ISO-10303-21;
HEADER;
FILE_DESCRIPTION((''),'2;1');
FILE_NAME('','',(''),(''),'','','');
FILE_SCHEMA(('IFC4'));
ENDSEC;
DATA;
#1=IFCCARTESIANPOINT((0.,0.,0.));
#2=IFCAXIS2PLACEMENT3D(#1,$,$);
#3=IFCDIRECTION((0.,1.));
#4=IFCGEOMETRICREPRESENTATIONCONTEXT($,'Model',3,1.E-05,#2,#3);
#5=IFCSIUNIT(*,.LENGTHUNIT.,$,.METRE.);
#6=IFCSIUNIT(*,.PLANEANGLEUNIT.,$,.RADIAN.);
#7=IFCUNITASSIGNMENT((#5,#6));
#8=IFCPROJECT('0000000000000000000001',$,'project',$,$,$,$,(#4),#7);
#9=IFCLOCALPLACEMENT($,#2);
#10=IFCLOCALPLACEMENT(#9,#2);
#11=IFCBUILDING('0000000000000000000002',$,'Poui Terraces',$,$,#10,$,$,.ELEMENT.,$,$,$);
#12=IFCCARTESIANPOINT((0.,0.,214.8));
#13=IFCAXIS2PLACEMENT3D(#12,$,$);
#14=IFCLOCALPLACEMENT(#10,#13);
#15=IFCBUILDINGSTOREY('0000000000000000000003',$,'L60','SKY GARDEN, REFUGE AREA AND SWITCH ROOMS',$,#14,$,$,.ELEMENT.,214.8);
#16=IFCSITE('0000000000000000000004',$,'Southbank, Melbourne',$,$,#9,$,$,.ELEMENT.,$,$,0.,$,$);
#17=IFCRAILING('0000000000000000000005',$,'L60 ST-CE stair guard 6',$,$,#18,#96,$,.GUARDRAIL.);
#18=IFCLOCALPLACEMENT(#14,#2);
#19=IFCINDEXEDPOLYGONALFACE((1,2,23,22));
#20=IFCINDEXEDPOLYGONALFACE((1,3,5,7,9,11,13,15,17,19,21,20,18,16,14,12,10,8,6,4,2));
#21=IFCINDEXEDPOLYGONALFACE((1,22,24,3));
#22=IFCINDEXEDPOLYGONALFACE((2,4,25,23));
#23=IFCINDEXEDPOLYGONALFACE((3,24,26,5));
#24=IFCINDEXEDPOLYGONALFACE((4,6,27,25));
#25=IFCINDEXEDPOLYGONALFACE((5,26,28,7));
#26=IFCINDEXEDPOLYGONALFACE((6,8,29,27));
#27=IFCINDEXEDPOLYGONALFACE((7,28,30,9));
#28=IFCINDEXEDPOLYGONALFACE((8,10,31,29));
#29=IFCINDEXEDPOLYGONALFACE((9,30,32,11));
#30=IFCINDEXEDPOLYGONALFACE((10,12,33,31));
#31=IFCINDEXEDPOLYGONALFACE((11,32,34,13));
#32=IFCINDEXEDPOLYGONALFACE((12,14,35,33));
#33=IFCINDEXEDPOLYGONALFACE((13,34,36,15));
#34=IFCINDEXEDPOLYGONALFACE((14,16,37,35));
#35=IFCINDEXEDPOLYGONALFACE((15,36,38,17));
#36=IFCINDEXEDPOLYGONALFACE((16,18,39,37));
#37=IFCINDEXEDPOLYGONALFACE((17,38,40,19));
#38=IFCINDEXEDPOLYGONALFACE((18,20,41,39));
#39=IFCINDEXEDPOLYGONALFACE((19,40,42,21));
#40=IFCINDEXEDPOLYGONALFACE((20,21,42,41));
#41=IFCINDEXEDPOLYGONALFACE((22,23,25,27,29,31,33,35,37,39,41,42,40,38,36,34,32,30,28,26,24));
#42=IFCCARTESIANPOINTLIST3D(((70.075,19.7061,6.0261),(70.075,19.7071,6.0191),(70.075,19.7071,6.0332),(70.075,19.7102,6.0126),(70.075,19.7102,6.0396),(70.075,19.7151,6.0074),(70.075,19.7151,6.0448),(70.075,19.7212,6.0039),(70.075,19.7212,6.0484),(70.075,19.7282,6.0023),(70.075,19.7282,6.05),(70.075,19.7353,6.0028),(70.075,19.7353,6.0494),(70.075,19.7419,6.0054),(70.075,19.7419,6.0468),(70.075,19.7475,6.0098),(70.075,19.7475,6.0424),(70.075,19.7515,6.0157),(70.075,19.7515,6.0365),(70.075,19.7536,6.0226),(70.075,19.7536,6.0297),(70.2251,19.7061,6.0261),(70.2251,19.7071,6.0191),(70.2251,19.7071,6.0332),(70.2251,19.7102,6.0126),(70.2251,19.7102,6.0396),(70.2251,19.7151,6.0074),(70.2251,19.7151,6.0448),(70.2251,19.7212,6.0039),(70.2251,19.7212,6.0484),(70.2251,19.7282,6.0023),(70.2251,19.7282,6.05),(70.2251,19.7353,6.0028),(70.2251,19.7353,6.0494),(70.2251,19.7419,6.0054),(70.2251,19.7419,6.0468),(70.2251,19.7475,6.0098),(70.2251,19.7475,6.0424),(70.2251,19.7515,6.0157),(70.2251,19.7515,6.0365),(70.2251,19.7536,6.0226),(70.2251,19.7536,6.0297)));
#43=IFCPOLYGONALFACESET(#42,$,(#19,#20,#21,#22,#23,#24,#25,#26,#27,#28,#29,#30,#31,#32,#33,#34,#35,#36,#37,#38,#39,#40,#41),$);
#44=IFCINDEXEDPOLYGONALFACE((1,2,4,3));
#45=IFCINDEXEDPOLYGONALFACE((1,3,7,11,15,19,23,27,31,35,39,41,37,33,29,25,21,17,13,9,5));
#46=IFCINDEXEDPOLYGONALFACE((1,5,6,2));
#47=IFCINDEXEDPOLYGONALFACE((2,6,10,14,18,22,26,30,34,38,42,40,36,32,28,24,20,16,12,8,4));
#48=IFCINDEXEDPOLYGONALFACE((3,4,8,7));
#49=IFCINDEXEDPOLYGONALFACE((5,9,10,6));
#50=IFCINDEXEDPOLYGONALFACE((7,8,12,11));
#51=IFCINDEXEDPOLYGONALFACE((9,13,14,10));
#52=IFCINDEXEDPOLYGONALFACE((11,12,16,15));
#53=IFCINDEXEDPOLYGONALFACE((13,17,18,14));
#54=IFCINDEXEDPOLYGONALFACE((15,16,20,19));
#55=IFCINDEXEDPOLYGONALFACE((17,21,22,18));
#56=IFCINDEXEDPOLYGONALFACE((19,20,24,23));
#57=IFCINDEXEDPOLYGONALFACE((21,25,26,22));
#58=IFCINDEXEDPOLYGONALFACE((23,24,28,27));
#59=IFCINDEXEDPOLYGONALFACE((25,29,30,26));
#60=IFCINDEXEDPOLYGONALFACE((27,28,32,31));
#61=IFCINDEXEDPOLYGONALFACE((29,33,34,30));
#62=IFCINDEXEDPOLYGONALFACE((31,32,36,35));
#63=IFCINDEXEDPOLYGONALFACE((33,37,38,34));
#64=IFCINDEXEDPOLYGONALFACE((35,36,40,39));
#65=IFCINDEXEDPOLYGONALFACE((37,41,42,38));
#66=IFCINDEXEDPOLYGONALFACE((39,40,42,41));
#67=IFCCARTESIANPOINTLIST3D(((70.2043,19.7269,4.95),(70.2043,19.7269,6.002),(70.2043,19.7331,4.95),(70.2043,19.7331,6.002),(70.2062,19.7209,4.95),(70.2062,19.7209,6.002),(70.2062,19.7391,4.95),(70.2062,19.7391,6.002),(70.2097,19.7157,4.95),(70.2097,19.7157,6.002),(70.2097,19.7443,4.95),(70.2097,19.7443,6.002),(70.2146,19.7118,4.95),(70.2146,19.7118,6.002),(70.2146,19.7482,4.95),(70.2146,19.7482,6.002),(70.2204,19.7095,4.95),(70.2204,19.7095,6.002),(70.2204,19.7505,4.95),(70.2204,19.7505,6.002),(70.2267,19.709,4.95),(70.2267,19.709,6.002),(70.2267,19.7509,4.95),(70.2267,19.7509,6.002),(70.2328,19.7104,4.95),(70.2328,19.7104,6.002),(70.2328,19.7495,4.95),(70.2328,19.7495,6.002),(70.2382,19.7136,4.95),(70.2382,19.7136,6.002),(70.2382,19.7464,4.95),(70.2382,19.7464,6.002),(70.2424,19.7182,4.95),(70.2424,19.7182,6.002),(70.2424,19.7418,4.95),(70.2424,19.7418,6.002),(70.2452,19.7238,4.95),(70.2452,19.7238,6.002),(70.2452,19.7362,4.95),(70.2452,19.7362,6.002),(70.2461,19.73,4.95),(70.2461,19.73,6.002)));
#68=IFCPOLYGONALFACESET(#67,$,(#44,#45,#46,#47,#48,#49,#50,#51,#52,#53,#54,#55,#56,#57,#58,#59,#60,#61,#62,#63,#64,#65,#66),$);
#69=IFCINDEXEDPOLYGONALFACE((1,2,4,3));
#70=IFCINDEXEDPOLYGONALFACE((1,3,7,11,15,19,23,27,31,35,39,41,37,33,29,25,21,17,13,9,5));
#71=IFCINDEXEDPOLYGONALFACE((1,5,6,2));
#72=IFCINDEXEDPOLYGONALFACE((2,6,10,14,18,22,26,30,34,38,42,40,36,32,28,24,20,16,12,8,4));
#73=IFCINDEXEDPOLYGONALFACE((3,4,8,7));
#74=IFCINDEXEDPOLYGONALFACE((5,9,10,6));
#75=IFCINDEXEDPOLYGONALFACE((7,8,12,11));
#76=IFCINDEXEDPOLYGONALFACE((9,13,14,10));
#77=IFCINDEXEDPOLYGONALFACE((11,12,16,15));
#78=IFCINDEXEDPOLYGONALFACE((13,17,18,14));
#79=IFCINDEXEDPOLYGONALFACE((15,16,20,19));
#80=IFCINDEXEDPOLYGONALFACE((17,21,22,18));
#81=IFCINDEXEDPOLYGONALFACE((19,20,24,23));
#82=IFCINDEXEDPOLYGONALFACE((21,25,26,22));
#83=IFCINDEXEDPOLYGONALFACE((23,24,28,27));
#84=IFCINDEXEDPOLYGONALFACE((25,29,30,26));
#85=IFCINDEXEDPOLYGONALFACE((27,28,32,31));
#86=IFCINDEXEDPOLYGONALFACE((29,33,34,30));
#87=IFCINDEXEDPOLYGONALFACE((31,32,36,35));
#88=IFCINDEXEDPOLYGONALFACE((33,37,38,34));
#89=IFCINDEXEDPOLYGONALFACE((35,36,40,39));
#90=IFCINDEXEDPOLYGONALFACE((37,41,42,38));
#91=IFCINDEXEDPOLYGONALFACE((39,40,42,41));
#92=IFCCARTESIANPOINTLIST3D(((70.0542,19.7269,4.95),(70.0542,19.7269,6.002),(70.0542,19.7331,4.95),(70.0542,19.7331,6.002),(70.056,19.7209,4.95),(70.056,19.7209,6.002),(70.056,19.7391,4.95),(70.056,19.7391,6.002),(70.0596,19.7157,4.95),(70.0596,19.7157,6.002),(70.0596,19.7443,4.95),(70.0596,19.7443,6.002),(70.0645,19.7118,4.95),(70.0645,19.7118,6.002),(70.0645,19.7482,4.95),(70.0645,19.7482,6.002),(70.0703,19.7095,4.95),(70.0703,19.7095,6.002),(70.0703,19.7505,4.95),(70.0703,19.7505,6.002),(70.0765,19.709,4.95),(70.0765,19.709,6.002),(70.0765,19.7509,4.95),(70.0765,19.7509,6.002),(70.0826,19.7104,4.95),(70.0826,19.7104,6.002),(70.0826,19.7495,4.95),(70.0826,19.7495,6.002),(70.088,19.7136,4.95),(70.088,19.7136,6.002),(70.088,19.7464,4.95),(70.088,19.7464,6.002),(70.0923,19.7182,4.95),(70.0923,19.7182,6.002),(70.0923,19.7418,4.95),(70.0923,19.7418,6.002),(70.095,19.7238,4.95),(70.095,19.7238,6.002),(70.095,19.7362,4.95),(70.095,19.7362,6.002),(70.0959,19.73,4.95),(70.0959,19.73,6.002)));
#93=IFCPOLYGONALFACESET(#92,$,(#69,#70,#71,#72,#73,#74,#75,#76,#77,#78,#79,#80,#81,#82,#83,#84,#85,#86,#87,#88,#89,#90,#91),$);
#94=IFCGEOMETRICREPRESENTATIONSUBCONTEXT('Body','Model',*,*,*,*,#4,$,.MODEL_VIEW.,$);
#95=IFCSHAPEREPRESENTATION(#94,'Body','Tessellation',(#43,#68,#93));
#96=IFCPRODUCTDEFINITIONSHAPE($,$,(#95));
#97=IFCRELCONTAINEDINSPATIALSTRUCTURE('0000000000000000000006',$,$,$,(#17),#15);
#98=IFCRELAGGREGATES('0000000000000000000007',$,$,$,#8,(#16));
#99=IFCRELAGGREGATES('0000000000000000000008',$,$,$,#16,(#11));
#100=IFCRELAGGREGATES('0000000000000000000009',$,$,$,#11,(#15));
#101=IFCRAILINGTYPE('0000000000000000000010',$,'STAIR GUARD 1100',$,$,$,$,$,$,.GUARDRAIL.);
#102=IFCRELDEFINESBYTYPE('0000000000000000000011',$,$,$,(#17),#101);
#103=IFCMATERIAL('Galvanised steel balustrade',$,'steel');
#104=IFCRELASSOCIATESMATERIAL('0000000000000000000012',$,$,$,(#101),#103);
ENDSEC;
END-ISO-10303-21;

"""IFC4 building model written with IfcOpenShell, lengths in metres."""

from ifc_helpers import new_model, si_unit, direction, frame, origin, origin_2d, place, context, subcontext, project, spatial, circle, extrude, material, type_object, element, save


model = new_model("IFC4")

# Units and contexts
model_context = context("Model", 3, precision=1e-05, world=origin(), true_north=direction((0.0, 1.0)))
body_context = subcontext(model_context, "Body", "Model", "MODEL_VIEW")
ifc_project = project(units=[si_unit("LENGTHUNIT", "METRE"), si_unit("PLANEANGLEUNIT", "RADIAN")], contexts=[model_context])

# Site, building, storey
site_placement = place(None, origin())
site = spatial("IfcSite", under=ifc_project, at=site_placement, Name="Southbank, Melbourne", CompositionType="ELEMENT", RefElevation=0.0)
building_placement = place(site_placement, origin())
building = spatial("IfcBuilding", under=site, at=building_placement, Name="Poui Terraces", CompositionType="ELEMENT")
storey_placement = place(building_placement, frame((0.0, 0.0, 214.8)))
storey = spatial("IfcBuildingStorey", under=building, at=storey_placement, Name="L60", Description="SKY GARDEN, REFUGE AREA AND SWITCH ROOMS", CompositionType="ELEMENT", Elevation=214.8)

# Railing
ifc_material_1 = material(Name="Galvanised steel balustrade", Category="steel")
railing_type_1 = type_object("IfcRailingType", Name="STAIR GUARD 1100", PredefinedType="GUARDRAIL", material=ifc_material_1)
railing_1_placement = place(storey_placement, frame((70.2251, 19.73, 4.95)))
element("IfcRailing", 1, at=railing_1_placement, inside=storey, type_object=railing_type_1, Name="L60 ST-CE stair guard 6", PredefinedType="GUARDRAIL", context=body_context, shape_type="SweptSolid", body=[
    extrude(circle(Radius=0.0239, at=origin_2d()), frame((0.0, 0.0, 1.0762), z_axis=(-1.0, 0.0, 0.0), x_axis=(0.0, -1.0, 0.0)), (0.0, 0.0, 1.0), 0.1501),
    extrude(circle(Radius=0.021, at=origin_2d()), origin(), (0.0, 0.0, 1.0), 1.052),
    extrude(circle(Radius=0.021, at=origin_2d()), frame((-0.1501, 0.0, 0.0)), (0.0, 0.0, 1.0), 1.052),
])

save(model, "model.ifc")
